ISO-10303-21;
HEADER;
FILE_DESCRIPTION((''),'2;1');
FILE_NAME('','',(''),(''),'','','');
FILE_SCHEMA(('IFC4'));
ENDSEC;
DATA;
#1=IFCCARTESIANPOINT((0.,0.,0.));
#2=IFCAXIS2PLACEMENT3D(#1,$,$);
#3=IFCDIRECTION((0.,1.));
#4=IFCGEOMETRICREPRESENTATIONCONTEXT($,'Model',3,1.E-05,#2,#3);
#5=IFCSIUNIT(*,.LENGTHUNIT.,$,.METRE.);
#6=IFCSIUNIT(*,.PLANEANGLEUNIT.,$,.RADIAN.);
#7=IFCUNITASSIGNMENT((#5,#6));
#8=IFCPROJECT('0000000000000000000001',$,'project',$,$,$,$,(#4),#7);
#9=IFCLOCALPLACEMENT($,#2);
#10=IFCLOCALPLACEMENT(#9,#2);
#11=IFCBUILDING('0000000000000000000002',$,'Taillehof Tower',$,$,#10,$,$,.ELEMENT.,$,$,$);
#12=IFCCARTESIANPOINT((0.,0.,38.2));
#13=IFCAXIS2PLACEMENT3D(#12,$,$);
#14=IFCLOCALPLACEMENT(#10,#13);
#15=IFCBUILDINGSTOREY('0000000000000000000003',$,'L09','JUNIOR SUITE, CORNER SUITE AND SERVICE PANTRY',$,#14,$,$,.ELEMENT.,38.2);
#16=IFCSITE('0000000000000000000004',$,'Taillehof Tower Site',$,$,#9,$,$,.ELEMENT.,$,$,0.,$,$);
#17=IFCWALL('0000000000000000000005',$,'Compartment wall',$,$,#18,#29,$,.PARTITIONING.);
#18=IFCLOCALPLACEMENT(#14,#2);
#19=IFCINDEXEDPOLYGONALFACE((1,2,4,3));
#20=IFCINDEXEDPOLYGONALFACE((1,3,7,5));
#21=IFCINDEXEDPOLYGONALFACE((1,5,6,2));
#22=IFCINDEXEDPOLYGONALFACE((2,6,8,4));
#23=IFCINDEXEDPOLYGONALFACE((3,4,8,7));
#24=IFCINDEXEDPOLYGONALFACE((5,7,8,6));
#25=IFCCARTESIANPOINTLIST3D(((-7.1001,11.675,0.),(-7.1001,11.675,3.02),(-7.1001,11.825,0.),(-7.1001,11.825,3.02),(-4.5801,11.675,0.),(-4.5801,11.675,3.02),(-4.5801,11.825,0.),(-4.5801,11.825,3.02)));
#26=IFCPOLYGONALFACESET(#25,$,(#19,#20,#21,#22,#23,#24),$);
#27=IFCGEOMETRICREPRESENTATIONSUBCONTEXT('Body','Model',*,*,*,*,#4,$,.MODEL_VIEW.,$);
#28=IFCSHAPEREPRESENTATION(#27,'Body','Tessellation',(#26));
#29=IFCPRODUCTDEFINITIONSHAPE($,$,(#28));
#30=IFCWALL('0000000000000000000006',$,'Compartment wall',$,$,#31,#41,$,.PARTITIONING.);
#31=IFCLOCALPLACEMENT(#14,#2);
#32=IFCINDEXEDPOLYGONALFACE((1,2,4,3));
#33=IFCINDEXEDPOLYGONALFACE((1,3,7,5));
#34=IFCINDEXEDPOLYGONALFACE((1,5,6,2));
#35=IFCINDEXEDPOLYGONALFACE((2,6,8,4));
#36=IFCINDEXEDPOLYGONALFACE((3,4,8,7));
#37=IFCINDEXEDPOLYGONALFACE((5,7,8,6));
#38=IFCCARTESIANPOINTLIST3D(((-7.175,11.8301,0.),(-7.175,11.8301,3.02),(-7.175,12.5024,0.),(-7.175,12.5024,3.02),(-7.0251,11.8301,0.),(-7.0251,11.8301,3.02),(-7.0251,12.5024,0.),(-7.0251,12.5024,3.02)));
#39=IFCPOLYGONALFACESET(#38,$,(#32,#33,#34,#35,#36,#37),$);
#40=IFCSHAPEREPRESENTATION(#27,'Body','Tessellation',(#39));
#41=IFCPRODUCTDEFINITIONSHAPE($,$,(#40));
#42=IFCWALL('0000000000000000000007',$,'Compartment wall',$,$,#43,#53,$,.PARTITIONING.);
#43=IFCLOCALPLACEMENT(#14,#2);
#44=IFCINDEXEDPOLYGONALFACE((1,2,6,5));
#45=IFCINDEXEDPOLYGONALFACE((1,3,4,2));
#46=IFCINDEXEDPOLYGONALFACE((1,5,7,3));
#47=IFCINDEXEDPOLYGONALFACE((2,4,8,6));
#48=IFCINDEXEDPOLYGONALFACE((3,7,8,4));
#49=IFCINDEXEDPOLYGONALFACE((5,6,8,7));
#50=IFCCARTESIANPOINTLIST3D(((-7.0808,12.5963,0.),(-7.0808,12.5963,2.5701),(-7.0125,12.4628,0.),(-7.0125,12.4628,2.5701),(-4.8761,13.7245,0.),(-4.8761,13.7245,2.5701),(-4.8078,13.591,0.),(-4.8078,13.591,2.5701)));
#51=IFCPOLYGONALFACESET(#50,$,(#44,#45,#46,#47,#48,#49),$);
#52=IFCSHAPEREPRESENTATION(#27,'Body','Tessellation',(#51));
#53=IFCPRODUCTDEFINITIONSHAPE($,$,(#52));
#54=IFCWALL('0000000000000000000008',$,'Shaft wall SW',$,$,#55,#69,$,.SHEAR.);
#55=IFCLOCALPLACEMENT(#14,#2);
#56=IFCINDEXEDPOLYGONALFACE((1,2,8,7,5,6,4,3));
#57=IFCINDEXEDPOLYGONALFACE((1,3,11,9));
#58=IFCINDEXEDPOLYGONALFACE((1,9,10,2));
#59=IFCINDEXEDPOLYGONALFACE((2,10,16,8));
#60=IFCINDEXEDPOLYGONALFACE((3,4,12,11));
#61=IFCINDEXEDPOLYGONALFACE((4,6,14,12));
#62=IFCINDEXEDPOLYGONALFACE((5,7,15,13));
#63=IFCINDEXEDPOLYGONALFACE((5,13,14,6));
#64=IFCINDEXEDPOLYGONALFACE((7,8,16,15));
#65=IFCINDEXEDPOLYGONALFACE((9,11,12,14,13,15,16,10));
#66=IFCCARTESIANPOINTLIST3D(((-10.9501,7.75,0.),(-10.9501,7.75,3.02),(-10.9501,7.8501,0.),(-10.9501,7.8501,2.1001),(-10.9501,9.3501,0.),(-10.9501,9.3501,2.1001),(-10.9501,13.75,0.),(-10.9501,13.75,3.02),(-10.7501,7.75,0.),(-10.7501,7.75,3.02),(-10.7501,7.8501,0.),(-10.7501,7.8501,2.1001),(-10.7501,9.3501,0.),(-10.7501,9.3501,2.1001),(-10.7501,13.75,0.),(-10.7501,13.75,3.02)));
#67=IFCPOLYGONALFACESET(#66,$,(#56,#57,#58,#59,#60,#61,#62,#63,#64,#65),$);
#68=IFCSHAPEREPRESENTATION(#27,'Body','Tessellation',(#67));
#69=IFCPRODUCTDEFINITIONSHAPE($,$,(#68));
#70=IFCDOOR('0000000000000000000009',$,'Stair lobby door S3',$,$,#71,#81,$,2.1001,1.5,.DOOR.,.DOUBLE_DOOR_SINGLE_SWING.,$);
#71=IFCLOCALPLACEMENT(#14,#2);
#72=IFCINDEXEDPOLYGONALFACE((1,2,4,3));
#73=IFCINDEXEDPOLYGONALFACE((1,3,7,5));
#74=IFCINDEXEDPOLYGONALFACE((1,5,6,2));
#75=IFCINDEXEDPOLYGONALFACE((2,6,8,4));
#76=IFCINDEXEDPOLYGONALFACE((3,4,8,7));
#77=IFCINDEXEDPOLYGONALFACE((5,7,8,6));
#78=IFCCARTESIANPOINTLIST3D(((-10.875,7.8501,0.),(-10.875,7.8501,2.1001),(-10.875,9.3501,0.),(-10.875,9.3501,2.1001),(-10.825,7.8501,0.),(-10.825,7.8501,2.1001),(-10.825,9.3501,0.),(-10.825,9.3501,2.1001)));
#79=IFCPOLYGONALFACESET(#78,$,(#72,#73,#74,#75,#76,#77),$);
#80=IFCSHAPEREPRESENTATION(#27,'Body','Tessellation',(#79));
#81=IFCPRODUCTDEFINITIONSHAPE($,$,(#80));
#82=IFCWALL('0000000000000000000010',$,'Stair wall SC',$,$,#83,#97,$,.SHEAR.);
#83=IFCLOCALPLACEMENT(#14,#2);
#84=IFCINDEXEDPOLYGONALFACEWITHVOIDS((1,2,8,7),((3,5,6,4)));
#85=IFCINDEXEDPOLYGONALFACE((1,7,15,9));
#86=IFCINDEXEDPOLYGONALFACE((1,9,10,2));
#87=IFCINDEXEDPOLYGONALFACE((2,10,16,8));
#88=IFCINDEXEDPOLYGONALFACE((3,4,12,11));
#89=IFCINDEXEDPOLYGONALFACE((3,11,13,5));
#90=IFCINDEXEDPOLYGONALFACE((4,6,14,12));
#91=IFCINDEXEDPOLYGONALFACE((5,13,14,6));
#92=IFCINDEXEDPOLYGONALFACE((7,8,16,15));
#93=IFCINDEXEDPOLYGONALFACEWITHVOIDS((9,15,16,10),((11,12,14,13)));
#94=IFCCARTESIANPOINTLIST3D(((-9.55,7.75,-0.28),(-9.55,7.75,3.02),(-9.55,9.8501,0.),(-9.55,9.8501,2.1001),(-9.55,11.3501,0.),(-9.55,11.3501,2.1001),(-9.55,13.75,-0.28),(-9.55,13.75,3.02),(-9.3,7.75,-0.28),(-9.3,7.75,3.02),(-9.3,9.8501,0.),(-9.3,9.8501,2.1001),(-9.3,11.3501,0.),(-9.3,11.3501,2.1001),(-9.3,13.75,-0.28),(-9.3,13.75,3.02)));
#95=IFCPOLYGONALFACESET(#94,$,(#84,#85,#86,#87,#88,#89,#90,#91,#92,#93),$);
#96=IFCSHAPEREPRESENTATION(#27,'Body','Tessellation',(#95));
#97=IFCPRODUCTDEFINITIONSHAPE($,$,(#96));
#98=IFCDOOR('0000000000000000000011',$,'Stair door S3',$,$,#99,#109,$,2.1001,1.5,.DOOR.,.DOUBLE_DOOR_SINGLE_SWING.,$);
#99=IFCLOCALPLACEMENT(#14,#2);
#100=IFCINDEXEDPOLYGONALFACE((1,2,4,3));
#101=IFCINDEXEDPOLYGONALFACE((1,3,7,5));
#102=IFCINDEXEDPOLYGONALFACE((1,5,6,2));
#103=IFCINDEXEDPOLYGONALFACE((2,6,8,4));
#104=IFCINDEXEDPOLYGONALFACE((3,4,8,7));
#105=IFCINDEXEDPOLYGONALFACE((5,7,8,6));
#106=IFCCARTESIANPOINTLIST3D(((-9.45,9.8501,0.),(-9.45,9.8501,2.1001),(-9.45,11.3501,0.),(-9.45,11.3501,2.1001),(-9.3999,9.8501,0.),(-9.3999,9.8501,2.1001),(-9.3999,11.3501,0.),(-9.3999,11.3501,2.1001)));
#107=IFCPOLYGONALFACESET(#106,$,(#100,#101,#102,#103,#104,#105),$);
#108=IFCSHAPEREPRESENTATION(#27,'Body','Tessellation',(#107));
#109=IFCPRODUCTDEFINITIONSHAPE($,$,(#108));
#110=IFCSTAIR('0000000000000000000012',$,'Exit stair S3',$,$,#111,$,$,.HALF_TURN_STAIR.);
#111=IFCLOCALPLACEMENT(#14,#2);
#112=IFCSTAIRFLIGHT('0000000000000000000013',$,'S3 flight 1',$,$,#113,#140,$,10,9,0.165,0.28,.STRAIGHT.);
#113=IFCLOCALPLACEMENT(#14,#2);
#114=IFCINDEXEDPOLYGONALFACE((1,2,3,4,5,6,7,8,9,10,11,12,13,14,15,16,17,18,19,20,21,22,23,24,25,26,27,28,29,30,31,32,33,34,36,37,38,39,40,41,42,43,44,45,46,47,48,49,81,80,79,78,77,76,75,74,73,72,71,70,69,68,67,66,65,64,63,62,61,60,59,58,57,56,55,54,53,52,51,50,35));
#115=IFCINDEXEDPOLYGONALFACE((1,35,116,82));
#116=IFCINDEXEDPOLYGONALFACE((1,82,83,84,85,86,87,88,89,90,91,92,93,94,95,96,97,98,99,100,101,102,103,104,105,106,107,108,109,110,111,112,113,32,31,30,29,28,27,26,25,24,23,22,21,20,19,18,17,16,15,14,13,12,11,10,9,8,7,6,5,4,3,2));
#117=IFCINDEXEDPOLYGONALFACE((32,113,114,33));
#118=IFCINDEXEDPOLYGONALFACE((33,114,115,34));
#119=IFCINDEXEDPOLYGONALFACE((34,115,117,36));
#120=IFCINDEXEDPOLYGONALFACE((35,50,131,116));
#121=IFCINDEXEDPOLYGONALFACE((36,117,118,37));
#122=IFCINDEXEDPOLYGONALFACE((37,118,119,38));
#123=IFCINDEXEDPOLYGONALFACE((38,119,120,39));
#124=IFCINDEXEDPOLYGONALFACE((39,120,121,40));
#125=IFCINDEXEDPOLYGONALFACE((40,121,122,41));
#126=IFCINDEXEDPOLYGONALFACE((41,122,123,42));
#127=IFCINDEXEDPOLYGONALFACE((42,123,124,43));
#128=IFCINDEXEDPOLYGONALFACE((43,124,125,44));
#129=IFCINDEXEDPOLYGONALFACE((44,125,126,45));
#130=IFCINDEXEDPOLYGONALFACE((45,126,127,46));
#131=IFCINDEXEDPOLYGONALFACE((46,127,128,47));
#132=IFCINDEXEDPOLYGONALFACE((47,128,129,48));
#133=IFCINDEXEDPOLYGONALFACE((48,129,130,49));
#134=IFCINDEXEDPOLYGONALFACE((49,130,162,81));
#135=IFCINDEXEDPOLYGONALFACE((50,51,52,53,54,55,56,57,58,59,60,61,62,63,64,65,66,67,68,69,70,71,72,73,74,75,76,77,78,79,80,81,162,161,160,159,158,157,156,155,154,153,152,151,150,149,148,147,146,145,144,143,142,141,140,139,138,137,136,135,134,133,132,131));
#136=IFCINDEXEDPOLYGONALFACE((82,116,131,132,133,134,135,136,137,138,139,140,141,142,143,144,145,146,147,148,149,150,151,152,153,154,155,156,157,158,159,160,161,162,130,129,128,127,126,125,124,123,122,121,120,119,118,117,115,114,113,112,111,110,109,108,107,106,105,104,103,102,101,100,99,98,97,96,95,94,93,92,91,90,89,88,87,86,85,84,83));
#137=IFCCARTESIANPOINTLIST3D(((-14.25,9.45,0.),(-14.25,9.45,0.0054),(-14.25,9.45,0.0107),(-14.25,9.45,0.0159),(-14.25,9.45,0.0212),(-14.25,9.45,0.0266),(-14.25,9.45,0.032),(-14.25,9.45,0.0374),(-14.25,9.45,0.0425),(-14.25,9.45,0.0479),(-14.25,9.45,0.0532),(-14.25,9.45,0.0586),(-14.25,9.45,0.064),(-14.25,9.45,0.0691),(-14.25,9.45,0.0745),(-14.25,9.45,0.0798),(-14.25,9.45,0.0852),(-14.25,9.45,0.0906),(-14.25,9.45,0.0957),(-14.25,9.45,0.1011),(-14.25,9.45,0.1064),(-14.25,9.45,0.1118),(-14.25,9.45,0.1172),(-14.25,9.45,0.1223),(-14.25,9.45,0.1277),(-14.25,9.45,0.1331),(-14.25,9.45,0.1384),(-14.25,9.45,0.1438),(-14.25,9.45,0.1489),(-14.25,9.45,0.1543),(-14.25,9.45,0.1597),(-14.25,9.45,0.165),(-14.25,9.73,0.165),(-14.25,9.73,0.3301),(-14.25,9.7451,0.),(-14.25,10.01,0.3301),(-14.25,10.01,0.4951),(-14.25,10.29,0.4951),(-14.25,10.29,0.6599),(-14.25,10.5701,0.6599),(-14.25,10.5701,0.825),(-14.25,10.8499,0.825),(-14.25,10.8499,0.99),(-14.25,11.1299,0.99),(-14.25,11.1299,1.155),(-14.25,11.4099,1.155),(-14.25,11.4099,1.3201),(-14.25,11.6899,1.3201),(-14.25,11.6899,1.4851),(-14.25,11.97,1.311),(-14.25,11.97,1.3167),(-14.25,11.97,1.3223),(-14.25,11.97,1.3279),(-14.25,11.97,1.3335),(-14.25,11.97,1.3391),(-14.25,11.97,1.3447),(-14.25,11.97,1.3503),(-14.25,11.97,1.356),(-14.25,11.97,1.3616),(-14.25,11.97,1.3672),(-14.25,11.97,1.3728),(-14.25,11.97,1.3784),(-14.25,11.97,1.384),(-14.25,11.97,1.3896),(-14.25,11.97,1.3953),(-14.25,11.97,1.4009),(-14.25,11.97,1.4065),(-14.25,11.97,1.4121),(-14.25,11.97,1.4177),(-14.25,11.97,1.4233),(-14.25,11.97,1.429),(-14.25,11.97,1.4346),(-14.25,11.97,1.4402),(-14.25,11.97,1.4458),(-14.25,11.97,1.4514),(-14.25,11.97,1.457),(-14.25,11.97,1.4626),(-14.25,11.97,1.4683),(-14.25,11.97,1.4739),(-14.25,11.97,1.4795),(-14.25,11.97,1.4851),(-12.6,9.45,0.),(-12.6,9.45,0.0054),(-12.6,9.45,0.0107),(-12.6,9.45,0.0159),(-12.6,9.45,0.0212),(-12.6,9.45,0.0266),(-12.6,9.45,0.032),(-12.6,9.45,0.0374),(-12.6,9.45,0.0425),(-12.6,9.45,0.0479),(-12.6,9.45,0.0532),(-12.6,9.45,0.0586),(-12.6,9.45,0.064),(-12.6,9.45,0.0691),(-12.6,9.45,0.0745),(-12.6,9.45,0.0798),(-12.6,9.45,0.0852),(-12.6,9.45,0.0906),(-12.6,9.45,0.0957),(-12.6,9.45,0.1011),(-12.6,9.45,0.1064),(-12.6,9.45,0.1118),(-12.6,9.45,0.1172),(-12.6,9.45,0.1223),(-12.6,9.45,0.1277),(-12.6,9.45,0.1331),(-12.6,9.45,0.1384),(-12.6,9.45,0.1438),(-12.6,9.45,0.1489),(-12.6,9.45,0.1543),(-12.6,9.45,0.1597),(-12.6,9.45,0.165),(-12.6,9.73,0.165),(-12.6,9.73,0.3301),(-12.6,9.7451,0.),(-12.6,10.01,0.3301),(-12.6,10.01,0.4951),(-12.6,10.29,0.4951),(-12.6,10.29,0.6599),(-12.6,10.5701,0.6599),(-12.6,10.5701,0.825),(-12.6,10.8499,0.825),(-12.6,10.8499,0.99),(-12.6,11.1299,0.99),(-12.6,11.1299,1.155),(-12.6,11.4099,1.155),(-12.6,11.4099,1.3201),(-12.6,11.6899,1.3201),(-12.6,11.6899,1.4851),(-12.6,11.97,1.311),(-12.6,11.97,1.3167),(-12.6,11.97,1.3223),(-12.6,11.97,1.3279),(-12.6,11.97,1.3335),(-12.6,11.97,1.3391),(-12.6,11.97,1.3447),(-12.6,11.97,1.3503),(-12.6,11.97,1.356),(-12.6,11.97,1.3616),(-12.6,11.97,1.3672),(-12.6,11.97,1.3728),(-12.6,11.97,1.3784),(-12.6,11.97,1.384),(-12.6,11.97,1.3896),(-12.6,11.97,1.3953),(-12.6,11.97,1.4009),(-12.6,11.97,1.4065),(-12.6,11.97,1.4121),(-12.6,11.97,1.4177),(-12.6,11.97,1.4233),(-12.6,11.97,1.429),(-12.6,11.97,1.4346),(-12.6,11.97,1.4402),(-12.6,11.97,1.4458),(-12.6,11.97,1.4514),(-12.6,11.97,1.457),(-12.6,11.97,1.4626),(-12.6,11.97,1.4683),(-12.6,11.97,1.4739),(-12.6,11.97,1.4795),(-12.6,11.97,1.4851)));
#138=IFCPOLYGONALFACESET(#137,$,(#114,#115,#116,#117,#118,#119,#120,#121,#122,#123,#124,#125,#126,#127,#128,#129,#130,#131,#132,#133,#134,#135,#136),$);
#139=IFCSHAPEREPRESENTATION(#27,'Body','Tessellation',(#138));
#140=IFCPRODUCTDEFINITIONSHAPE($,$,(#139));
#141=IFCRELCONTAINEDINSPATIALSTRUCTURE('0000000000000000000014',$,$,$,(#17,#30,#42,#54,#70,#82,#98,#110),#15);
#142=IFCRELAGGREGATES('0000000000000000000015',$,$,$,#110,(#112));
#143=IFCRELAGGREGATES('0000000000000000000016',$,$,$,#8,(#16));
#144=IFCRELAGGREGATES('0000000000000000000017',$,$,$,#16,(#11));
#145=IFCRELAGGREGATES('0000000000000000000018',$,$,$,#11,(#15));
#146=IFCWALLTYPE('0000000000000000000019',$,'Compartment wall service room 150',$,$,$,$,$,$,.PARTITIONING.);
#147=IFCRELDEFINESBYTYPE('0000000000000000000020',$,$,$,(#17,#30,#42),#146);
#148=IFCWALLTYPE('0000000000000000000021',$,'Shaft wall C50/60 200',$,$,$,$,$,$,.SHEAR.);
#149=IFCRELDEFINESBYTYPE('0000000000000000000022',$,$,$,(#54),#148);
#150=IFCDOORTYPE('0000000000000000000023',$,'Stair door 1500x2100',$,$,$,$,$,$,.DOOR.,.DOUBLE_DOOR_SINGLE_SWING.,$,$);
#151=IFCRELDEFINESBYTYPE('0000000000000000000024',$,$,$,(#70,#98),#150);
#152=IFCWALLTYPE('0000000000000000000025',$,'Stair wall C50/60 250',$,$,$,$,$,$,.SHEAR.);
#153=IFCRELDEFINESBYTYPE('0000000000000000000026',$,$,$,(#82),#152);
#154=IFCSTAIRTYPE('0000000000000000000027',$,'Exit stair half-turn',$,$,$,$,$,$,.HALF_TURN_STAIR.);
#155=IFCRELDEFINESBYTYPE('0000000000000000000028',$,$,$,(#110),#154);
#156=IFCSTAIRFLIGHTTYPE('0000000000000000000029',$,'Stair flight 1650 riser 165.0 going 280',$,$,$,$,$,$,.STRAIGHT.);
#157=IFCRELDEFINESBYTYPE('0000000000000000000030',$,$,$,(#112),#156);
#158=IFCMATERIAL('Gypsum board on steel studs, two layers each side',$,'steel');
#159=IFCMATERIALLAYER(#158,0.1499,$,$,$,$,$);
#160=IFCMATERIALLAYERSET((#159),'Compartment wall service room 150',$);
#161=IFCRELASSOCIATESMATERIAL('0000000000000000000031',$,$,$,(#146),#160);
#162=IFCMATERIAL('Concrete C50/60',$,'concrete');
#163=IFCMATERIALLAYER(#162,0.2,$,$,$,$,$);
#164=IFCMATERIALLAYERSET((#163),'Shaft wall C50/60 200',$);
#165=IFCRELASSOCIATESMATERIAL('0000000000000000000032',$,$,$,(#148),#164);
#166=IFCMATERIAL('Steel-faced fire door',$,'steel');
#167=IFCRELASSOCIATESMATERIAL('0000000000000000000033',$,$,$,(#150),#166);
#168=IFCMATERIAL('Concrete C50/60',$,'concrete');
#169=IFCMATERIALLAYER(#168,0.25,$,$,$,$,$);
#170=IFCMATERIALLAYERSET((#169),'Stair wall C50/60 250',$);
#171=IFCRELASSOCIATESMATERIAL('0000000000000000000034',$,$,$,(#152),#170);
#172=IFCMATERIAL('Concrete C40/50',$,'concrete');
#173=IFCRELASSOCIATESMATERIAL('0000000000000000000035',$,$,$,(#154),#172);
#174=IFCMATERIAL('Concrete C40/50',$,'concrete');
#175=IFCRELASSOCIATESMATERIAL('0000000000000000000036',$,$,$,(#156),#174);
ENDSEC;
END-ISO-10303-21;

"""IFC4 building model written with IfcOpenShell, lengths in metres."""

from ifc_helpers import new_model, si_unit, direction, frame, frame_2d, origin, place, context, subcontext, project, spatial, polyline, rectangle, outline, extrude, material, layer, layer_set, type_object, element, fill, aggregate, save


model = new_model("IFC4")

# Units and contexts
model_context = context("Model", 3, precision=1e-05, world=origin(), true_north=direction((0.0, 1.0)))
body_context = subcontext(model_context, "Body", "Model", "MODEL_VIEW")
ifc_project = project(units=[si_unit("LENGTHUNIT", "METRE"), si_unit("PLANEANGLEUNIT", "RADIAN")], contexts=[model_context])

# Site, building, storey
site_placement = place(None, origin())
site = spatial("IfcSite", under=ifc_project, at=site_placement, Name="Taillehof Tower Site", CompositionType="ELEMENT", RefElevation=0.0)
building_placement = place(site_placement, origin())
building = spatial("IfcBuilding", under=site, at=building_placement, Name="Taillehof Tower", CompositionType="ELEMENT")
storey_placement = place(building_placement, frame((0.0, 0.0, 38.2)))
storey = spatial("IfcBuildingStorey", under=building, at=storey_placement, Name="L09", Description="JUNIOR SUITE, CORNER SUITE AND SERVICE PANTRY", CompositionType="ELEMENT", Elevation=38.2)

# Walls
ifc_material_1 = material(Name="Gypsum board on steel studs, two layers each side", Category="steel")
ifc_layer_1 = layer(ifc_material_1, 0.1499)
ifc_layer_set_1 = layer_set([ifc_layer_1], Name="Compartment wall service room 150")
wall_type_1 = type_object("IfcWallType", Name="Compartment wall service room 150", PredefinedType="PARTITIONING", material=ifc_layer_set_1)
wall_1_placement = place(storey_placement, frame((-4.5801, 11.75, 0.0), z_axis=(0.0, 0.0, 1.0), x_axis=(-1.0, 0.0, 0.0)))
element("IfcWall", 1, at=wall_1_placement, inside=storey, type_object=wall_type_1, Name="Compartment wall", PredefinedType="PARTITIONING", context=body_context, shape_type="SweptSolid", body=[
    extrude(rectangle(XDim=2.52, YDim=0.1499, at=frame_2d((1.26, 0.0))), origin(), (0.0, 0.0, 1.0), 3.02),
])
wall_2_placement = place(storey_placement, frame((-7.1001, 11.8301, 0.0), z_axis=(0.0, 0.0, 1.0), x_axis=(0.0, 1.0, 0.0)))
element("IfcWall", 2, at=wall_2_placement, inside=storey, type_object=wall_type_1, Name="Compartment wall", PredefinedType="PARTITIONING", context=body_context, shape_type="SweptSolid", body=[
    extrude(rectangle(XDim=0.6724, YDim=0.1499, at=frame_2d((0.3362, 0.0))), origin(), (0.0, 0.0, 1.0), 3.02),
])
wall_3_placement = place(storey_placement, frame((-7.0466, 12.5295, 0.0), z_axis=(0.0, 0.0, 1.0), x_axis=(0.890208, 0.455554, 0.0)))
element("IfcWall", 3, at=wall_3_placement, inside=storey, type_object=wall_type_1, Name="Compartment wall", PredefinedType="PARTITIONING", context=body_context, shape_type="SweptSolid", body=[
    extrude(rectangle(XDim=2.4766, YDim=0.1499, at=frame_2d((1.2383, 0.0))), origin(), (0.0, 0.0, 1.0), 2.5701),
])

# Walls, openings, doors
ifc_material_2 = material(Name="Concrete C50/60", Category="concrete")
ifc_layer_2 = layer(ifc_material_2, 0.2)
ifc_layer_set_2 = layer_set([ifc_layer_2], Name="Shaft wall C50/60 200")
wall_type_2 = type_object("IfcWallType", Name="Shaft wall C50/60 200", PredefinedType="SHEAR", material=ifc_layer_set_2)
wall_4_placement = place(storey_placement, frame((-10.8501, 7.75, 0.0), z_axis=(0.0, 0.0, 1.0), x_axis=(0.0, 1.0, 0.0)))
wall_4 = element("IfcWall", 4, at=wall_4_placement, inside=storey, type_object=wall_type_2, Name="Shaft wall SW", PredefinedType="SHEAR", context=body_context, shape_type="SweptSolid", body=[
    extrude(rectangle(XDim=6.0, YDim=0.2, at=frame_2d((3.0, 0.0))), origin(), (0.0, 0.0, 1.0), 3.02),
])
opening_1_placement = place(wall_4_placement, frame((0.1001, 0.0, 0.0)))
opening_1 = element("IfcOpeningElement", 5, at=opening_1_placement, cuts=wall_4, PredefinedType="OPENING", context=body_context, shape_type="SweptSolid", body=[
    extrude(rectangle(XDim=1.5, YDim=2.1001, at=frame_2d((0.75, 1.05))), frame((0.0, 0.1099, 0.0), z_axis=(0.0, -1.0, 0.0), x_axis=(1.0, 0.0, 0.0)), (0.0, 0.0, 1.0), 0.22),
])
ifc_material_3 = material(Name="Steel-faced fire door", Category="steel")
door_type = type_object("IfcDoorType", Name="Stair door 1500x2100", OperationType="DOUBLE_DOOR_SINGLE_SWING", PredefinedType="DOOR", material=ifc_material_3)
door_1_placement = place(opening_1_placement, origin())
door_1 = element("IfcDoor", 6, at=door_1_placement, inside=storey, type_object=door_type, Name="Stair lobby door S3", OperationType="DOUBLE_DOOR_SINGLE_SWING", OverallHeight=2.1001, OverallWidth=1.5, PredefinedType="DOOR", context=body_context, shape_type="SweptSolid", body=[
    extrude(rectangle(XDim=1.5, YDim=2.1001, at=frame_2d((0.75, 1.05))), frame((0.0, 0.0249, 0.0), z_axis=(0.0, -1.0, 0.0), x_axis=(1.0, 0.0, 0.0)), (0.0, 0.0, 1.0), 0.05),
])
fill(opening_1, door_1)
ifc_material_4 = material(Name="Concrete C50/60", Category="concrete")
ifc_layer_3 = layer(ifc_material_4, 0.25)
ifc_layer_set_3 = layer_set([ifc_layer_3], Name="Stair wall C50/60 250")
wall_type_3 = type_object("IfcWallType", Name="Stair wall C50/60 250", PredefinedType="SHEAR", material=ifc_layer_set_3)
wall_5_placement = place(storey_placement, frame((-9.425, 7.75, -0.28), z_axis=(0.0, 0.0, 1.0), x_axis=(0.0, 1.0, 0.0)))
wall_5 = element("IfcWall", 7, at=wall_5_placement, inside=storey, type_object=wall_type_3, Name="Stair wall SC", PredefinedType="SHEAR", context=body_context, shape_type="SweptSolid", body=[
    extrude(rectangle(XDim=6.0, YDim=0.25, at=frame_2d((3.0, 0.0))), origin(), (0.0, 0.0, 1.0), 3.3),
])
opening_2_placement = place(wall_5_placement, frame((2.1001, 0.0, 0.28)))
opening_2 = element("IfcOpeningElement", 8, at=opening_2_placement, cuts=wall_5, PredefinedType="OPENING", context=body_context, shape_type="SweptSolid", body=[
    extrude(rectangle(XDim=1.5, YDim=2.1001, at=frame_2d((0.75, 1.05))), frame((0.0, 0.135, 0.0), z_axis=(0.0, -1.0, 0.0), x_axis=(1.0, 0.0, 0.0)), (0.0, 0.0, 1.0), 0.27),
])
door_2_placement = place(opening_2_placement, origin())
door_2 = element("IfcDoor", 9, at=door_2_placement, inside=storey, type_object=door_type, Name="Stair door S3", OperationType="DOUBLE_DOOR_SINGLE_SWING", OverallHeight=2.1001, OverallWidth=1.5, PredefinedType="DOOR", context=body_context, shape_type="SweptSolid", body=[
    extrude(rectangle(XDim=1.5, YDim=2.1001, at=frame_2d((0.75, 1.05))), frame((0.0, 0.0249, 0.0), z_axis=(0.0, -1.0, 0.0), x_axis=(1.0, 0.0, 0.0)), (0.0, 0.0, 1.0), 0.05),
])
fill(opening_2, door_2)

# Stair, stair flight
ifc_material_5 = material(Name="Concrete C40/50", Category="concrete")
stair_type = type_object("IfcStairType", Name="Exit stair half-turn", PredefinedType="HALF_TURN_STAIR", material=ifc_material_5)
stair_placement = place(storey_placement, origin())
stair = element("IfcStair", 10, at=stair_placement, inside=storey, type_object=stair_type, Name="Exit stair S3", PredefinedType="HALF_TURN_STAIR")
ifc_material_6 = material(Name="Concrete C40/50", Category="concrete")
stair_flight_type = type_object("IfcStairFlightType", Name="Stair flight 1650 riser 165.0 going 280", PredefinedType="STRAIGHT", material=ifc_material_6)
stair_flight_1_placement = place(storey_placement, frame((-13.425, 9.45, 0.0), z_axis=(0.0, 0.0, 1.0), x_axis=(0.0, 1.0, 0.0)))
stair_flight_1 = element("IfcStairFlight", 11, at=stair_flight_1_placement, type_object=stair_flight_type, Name="S3 flight 1", NumberOfRisers=10, NumberOfTreads=9, PredefinedType="STRAIGHT", RiserHeight=0.165, TreadLength=0.28, context=body_context, shape_type="SweptSolid", body=[
    extrude(outline(polyline([(0.0, 0.0), (0.0, 0.0054), (0.0, 0.0107), (0.0, 0.0159), (0.0, 0.0212), (0.0, 0.0266), (0.0, 0.032), (0.0, 0.0374), (0.0, 0.0425), (0.0, 0.0479), (0.0, 0.0532), (0.0, 0.0586), (0.0, 0.064), (0.0, 0.0691), (0.0, 0.0745), (0.0, 0.0798), (0.0, 0.0852), (0.0, 0.0906), (0.0, 0.0957), (0.0, 0.1011), (0.0, 0.1064), (0.0, 0.1118), (0.0, 0.1172), (0.0, 0.1223), (0.0, 0.1277), (0.0, 0.1331), (0.0, 0.1384), (0.0, 0.1438), (0.0, 0.1489), (0.0, 0.1543), (0.0, 0.1597), (0.0, 0.165), (0.28, 0.165), (0.28, 0.3301), (0.5601, 0.3301), (0.5601, 0.4951), (0.8401, 0.4951), (0.8401, 0.6599), (1.1201, 0.6599), (1.1201, 0.825), (1.3999, 0.825), (1.3999, 0.99), (1.6799, 0.99), (1.6799, 1.155), (1.96, 1.155), (1.96, 1.3201), (2.24, 1.3201), (2.24, 1.4851), (2.52, 1.4851), (2.52, 1.4795), (2.52, 1.4739), (2.52, 1.4683), (2.52, 1.4626), (2.52, 1.457), (2.52, 1.4514), (2.52, 1.4458), (2.52, 1.4402), (2.52, 1.4346), (2.52, 1.429), (2.52, 1.4233), (2.52, 1.4177), (2.52, 1.4121), (2.52, 1.4065), (2.52, 1.4009), (2.52, 1.3953), (2.52, 1.3896), (2.52, 1.384), (2.52, 1.3784), (2.52, 1.3728), (2.52, 1.3672), (2.52, 1.3616), (2.52, 1.356), (2.52, 1.3503), (2.52, 1.3447), (2.52, 1.3391), (2.52, 1.3335), (2.52, 1.3279), (2.52, 1.3223), (2.52, 1.3167), (2.52, 1.311), (0.2952, 0.0), (0.0, 0.0)])), frame((0.0, 0.825, 0.0), z_axis=(0.0, -1.0, 0.0), x_axis=(1.0, 0.0, 0.0)), (0.0, 0.0, 1.0), 1.65),
])
aggregate(stair, [stair_flight_1])

save(model, "model.ifc")
